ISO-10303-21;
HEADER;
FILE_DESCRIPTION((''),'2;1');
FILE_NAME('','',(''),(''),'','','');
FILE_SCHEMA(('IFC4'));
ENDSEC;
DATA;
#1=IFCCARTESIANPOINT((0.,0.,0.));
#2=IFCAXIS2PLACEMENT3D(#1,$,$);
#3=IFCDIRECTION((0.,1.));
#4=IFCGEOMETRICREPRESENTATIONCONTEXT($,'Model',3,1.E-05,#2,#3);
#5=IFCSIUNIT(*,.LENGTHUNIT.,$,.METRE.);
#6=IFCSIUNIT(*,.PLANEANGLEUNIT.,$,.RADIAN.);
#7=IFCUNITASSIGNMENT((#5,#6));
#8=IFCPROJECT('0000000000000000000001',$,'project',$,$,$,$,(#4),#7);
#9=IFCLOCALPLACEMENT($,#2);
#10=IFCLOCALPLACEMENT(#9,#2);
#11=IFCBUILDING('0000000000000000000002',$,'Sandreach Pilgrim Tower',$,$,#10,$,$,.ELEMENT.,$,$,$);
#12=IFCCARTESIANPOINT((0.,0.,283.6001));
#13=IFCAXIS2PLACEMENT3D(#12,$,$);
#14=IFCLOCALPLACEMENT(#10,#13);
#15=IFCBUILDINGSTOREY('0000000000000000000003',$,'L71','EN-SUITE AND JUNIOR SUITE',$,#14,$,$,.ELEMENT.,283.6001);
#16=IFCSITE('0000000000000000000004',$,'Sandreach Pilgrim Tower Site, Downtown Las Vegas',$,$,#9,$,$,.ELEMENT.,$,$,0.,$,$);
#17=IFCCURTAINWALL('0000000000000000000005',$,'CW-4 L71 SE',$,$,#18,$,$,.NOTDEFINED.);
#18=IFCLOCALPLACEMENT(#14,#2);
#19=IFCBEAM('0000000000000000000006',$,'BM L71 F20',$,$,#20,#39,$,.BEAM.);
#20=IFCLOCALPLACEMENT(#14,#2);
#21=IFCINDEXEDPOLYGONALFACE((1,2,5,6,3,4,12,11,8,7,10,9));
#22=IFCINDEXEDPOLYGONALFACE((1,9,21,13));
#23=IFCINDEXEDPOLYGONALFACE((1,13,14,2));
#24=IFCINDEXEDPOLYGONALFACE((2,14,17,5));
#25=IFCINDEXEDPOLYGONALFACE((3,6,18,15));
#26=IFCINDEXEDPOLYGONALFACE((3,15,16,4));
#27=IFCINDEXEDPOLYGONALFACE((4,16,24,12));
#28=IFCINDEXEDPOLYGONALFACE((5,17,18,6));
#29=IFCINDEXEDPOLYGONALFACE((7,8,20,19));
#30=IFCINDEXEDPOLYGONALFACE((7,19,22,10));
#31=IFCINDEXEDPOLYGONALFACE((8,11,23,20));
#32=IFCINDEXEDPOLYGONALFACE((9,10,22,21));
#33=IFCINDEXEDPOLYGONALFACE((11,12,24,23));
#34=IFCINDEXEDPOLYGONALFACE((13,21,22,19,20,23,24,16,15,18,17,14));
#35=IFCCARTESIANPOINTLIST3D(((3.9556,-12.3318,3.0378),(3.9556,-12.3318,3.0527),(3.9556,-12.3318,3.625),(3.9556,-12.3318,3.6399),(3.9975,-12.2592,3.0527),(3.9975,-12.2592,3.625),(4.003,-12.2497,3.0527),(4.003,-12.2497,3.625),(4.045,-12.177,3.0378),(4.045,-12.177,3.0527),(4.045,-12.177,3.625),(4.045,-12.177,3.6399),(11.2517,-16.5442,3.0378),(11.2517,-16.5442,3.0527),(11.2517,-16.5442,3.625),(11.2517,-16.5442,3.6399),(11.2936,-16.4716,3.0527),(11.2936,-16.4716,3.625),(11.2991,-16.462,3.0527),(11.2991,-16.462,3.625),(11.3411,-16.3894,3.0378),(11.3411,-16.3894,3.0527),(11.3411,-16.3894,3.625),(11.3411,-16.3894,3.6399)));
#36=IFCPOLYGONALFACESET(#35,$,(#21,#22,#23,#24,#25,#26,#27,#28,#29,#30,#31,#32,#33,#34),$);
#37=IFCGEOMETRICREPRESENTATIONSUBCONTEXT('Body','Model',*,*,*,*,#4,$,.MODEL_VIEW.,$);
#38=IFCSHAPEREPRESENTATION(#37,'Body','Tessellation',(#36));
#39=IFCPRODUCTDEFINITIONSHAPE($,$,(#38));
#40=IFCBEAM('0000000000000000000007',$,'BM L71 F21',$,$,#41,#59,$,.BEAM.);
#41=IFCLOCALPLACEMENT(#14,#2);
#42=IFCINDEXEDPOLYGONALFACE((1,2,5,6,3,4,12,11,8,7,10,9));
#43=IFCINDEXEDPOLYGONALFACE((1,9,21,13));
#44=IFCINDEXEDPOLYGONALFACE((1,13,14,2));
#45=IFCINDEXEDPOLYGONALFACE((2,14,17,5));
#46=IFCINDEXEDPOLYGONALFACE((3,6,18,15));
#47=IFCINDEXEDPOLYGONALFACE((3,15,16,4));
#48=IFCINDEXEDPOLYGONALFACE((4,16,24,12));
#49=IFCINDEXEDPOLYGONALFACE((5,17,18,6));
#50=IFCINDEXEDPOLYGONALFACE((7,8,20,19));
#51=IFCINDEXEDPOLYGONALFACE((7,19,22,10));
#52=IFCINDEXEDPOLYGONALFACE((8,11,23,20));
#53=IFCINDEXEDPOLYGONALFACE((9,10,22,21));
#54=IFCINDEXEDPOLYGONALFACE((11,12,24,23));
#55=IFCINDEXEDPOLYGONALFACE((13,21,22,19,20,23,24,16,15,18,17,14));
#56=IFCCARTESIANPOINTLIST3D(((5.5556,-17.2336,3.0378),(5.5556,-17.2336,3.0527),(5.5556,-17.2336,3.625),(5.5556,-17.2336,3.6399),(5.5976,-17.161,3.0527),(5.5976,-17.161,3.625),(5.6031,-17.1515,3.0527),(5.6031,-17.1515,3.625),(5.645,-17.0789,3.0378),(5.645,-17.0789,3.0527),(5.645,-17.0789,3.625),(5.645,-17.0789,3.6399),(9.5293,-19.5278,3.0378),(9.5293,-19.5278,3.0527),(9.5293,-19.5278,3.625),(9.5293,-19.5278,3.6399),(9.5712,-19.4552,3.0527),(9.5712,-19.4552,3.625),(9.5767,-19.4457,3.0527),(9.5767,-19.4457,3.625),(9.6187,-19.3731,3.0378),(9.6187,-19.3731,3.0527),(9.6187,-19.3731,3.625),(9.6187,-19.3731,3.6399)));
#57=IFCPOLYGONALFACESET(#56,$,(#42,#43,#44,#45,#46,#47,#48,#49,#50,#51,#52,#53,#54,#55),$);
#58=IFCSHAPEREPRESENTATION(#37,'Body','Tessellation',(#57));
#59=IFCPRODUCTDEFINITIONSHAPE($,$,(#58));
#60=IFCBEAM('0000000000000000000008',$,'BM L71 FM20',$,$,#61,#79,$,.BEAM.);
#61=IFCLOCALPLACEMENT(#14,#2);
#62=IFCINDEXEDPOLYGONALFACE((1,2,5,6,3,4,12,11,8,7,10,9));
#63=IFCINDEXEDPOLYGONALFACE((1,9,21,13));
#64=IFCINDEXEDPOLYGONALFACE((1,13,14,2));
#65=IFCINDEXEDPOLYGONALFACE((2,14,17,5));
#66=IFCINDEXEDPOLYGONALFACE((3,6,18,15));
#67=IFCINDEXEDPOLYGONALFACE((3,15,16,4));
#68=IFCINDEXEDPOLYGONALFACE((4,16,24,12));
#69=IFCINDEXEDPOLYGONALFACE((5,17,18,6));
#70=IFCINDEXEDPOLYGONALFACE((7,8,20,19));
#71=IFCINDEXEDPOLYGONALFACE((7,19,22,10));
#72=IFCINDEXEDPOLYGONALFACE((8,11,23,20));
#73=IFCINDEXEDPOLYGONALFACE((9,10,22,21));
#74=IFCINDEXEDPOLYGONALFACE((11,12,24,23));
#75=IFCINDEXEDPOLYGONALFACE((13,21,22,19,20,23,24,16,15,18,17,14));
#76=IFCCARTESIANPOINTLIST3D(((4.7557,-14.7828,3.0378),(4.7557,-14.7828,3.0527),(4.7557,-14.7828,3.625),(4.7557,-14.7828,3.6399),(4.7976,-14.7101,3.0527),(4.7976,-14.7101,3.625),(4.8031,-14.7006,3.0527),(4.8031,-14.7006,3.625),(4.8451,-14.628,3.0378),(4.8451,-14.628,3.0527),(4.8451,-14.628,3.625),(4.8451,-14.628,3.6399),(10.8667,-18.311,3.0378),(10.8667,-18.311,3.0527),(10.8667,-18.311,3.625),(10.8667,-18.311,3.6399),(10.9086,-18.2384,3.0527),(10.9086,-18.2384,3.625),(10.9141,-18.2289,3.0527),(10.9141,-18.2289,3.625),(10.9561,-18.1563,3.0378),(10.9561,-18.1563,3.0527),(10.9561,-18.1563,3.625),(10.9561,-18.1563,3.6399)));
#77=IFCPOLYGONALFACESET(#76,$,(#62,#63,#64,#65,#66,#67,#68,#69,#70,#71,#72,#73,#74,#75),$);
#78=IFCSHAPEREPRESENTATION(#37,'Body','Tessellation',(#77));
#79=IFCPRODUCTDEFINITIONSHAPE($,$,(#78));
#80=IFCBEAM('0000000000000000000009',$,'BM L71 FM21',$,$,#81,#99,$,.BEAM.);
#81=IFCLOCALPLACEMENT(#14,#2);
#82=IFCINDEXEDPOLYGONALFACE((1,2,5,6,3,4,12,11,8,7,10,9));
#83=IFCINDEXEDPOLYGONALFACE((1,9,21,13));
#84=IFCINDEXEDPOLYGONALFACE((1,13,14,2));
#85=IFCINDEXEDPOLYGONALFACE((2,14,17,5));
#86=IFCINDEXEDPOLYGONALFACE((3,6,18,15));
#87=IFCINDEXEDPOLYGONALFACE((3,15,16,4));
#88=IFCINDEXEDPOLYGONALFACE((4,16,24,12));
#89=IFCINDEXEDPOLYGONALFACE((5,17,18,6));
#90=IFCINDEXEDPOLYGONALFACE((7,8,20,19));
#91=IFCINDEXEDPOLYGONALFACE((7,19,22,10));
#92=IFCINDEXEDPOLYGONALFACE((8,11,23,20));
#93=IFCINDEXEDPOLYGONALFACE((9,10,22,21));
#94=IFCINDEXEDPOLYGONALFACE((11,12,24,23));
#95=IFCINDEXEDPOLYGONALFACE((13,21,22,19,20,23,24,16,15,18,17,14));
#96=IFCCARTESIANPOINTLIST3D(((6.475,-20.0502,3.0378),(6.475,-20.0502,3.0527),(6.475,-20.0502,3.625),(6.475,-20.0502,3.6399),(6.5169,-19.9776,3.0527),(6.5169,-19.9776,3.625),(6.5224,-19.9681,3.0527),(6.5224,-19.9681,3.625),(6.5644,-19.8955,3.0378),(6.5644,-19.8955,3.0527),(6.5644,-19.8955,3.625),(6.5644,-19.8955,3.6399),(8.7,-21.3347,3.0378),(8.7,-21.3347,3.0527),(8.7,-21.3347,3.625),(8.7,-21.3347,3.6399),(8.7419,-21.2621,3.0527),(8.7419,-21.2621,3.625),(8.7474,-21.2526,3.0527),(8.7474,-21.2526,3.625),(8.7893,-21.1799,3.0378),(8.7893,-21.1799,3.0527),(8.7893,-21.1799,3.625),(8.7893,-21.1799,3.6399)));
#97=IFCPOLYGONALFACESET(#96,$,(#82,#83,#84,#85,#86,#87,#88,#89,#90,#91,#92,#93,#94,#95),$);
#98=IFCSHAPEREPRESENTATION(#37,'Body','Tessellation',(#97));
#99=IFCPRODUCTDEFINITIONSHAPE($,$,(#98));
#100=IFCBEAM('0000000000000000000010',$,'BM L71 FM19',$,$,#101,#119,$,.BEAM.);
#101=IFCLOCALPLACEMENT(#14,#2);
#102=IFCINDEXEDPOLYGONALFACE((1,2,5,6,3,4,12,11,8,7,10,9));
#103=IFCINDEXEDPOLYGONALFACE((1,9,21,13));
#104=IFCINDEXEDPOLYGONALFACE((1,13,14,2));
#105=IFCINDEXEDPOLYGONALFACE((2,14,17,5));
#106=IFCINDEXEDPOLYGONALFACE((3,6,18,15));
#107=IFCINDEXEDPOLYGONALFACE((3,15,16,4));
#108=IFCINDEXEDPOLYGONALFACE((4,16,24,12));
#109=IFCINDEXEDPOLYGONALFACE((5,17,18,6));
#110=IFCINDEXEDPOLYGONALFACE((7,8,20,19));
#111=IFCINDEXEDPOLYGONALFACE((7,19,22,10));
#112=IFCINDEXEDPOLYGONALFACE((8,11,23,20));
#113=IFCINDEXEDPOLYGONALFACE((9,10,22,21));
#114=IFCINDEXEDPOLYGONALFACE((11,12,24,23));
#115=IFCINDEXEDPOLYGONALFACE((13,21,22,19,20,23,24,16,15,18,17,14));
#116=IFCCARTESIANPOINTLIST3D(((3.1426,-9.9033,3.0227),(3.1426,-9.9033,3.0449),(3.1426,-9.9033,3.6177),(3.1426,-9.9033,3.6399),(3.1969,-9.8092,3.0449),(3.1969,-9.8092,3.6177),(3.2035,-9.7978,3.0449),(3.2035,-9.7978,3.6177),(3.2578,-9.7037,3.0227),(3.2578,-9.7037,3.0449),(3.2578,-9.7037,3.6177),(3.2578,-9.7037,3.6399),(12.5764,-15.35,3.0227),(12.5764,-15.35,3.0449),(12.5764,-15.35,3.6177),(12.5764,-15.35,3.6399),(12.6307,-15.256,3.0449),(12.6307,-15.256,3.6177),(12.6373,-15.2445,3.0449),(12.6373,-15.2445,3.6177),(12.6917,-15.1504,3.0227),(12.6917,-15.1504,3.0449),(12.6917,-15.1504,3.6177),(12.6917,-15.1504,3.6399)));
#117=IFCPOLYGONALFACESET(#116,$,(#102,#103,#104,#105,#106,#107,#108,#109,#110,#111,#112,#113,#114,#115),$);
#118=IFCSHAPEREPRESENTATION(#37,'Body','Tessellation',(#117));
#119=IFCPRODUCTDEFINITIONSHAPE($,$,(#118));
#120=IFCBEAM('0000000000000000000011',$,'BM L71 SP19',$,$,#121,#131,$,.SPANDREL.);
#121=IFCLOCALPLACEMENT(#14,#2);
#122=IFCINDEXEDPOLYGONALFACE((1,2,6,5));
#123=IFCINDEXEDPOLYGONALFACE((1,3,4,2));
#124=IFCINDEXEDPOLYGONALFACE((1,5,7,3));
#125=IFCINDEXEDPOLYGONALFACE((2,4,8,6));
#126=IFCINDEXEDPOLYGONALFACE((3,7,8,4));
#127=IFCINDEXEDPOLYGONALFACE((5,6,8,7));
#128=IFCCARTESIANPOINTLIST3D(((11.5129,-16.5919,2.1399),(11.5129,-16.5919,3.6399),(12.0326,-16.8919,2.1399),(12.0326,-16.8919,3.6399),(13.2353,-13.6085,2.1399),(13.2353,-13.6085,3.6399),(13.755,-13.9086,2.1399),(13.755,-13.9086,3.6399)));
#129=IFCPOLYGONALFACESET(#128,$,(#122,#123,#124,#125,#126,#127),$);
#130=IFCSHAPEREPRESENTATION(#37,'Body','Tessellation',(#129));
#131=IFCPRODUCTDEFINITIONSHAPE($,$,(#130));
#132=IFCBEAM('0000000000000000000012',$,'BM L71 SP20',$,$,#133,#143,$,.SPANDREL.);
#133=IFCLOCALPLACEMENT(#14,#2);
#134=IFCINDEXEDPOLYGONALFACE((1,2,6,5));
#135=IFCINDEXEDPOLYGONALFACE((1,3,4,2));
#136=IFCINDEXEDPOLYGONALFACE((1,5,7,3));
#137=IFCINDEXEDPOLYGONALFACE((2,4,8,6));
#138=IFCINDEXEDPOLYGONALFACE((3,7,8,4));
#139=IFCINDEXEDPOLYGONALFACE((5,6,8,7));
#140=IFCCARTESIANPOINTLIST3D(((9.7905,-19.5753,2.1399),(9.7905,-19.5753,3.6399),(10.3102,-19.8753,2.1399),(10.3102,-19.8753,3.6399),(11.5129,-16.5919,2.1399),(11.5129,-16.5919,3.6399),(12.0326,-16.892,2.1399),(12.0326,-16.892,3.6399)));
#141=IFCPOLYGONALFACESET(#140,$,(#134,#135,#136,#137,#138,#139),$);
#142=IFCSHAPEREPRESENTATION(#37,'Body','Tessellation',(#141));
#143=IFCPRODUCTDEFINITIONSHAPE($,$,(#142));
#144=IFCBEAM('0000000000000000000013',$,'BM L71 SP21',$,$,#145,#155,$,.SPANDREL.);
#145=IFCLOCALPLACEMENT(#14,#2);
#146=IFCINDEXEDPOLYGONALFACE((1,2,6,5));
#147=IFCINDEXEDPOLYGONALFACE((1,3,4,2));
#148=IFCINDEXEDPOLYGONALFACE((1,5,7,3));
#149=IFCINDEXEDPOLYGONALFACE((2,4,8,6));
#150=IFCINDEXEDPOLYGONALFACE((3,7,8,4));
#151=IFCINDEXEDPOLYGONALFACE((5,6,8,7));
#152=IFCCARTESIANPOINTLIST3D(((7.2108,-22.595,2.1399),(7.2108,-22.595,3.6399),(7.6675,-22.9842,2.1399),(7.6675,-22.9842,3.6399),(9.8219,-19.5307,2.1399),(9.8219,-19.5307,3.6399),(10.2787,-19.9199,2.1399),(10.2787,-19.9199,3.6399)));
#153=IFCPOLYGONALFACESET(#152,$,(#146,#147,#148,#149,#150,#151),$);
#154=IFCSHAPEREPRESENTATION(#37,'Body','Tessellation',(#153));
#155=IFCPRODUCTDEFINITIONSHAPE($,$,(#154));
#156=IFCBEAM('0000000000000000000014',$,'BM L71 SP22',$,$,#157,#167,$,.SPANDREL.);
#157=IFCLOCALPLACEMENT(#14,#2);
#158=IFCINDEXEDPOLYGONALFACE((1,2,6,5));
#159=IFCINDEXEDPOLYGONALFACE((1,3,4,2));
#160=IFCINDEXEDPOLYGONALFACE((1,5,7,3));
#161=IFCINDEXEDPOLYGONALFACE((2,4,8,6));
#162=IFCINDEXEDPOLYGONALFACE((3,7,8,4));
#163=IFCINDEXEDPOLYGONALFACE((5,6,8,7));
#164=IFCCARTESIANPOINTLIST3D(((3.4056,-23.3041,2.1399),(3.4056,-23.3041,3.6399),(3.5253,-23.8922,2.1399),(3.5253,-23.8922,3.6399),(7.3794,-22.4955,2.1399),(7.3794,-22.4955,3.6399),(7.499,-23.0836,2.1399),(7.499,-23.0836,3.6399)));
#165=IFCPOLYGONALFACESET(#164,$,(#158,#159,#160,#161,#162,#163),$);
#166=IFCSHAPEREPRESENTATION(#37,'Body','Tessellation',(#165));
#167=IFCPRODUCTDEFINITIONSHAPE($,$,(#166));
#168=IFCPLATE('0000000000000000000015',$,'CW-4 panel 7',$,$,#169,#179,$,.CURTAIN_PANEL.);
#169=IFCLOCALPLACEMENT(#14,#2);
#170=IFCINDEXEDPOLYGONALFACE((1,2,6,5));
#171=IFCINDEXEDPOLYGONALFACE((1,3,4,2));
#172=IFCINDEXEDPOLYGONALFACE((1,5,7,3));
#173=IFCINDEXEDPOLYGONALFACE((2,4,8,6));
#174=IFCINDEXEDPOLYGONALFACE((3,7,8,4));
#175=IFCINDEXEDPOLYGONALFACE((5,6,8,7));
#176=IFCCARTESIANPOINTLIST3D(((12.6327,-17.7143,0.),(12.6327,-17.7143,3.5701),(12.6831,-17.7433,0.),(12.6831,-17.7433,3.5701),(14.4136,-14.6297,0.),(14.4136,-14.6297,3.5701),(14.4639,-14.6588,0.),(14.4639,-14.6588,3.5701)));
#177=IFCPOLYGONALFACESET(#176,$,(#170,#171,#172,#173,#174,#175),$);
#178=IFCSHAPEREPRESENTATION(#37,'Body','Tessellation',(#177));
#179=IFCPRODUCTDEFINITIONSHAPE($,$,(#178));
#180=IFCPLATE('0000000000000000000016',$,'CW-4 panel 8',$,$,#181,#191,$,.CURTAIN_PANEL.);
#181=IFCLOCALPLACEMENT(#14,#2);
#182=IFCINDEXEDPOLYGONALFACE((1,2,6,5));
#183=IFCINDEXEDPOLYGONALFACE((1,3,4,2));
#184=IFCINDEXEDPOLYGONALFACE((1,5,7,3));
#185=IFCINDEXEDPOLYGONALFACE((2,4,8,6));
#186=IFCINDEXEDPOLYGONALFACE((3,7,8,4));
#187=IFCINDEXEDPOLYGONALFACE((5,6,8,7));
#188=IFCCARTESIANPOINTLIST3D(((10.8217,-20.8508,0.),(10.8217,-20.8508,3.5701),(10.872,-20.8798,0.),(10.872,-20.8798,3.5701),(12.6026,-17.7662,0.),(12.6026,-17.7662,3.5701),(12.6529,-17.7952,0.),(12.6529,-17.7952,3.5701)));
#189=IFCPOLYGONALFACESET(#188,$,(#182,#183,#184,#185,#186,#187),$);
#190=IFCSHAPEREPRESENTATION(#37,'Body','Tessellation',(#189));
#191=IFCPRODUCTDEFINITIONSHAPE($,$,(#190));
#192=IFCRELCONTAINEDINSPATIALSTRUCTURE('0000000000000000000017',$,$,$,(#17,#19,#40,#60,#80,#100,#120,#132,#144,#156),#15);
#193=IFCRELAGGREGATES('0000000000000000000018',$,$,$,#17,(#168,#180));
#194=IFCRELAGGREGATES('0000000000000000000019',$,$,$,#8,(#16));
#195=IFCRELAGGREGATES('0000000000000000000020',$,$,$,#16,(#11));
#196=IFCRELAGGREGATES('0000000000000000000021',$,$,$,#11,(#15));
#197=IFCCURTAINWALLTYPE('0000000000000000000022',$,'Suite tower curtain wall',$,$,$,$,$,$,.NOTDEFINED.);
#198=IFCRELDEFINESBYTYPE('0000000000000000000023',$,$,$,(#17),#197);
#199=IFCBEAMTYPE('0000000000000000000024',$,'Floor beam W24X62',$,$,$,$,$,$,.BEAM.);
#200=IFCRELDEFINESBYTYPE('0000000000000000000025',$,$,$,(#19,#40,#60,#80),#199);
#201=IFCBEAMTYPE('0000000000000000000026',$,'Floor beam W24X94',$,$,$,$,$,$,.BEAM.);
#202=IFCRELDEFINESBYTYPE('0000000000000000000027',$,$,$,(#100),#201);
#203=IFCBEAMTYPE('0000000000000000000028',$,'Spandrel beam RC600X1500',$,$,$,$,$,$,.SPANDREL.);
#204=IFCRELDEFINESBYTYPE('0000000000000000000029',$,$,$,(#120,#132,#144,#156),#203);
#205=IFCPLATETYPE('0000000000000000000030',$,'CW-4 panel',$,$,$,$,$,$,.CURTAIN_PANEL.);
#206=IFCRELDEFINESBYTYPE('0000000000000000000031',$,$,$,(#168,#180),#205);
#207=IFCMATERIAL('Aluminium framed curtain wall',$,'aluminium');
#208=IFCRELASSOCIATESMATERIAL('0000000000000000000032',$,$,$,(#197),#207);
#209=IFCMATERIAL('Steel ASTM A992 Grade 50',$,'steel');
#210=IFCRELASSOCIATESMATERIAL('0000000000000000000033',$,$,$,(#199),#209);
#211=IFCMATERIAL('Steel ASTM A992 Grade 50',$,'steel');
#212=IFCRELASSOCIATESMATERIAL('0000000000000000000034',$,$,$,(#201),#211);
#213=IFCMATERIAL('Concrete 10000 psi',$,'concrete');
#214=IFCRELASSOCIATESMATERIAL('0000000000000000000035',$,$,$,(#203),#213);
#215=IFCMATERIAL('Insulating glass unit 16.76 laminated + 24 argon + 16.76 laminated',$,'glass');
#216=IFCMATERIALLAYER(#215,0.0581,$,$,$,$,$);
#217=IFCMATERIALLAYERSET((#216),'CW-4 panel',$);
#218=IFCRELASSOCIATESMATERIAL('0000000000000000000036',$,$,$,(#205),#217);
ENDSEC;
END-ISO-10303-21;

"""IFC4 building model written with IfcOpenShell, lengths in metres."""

from ifc_helpers import new_model, si_unit, direction, frame, origin, origin_2d, place, context, subcontext, project, spatial, rectangle, i_section, extrude, material, layer, layer_set, material_profile, profile_set, type_object, element, aggregate, save


model = new_model("IFC4")

# Units and contexts
model_context = context("Model", 3, precision=1e-05, world=origin(), true_north=direction((0.0, 1.0)))
body_context = subcontext(model_context, "Body", "Model", "MODEL_VIEW")
ifc_project = project(units=[si_unit("LENGTHUNIT", "METRE"), si_unit("PLANEANGLEUNIT", "RADIAN")], contexts=[model_context])

# Site, building, storey
site_placement = place(None, origin())
site = spatial("IfcSite", under=ifc_project, at=site_placement, Name="Sandreach Pilgrim Tower Site, Downtown Las Vegas", CompositionType="ELEMENT", RefElevation=0.0)
building_placement = place(site_placement, origin())
building = spatial("IfcBuilding", under=site, at=building_placement, Name="Sandreach Pilgrim Tower", CompositionType="ELEMENT")
storey_placement = place(building_placement, frame((0.0, 0.0, 283.6001)))
storey = spatial("IfcBuildingStorey", under=building, at=storey_placement, Name="L71", Description="EN-SUITE AND JUNIOR SUITE", CompositionType="ELEMENT", Elevation=283.6001)

# Curtain wall
ifc_material_1 = material(Name="Aluminium framed curtain wall", Category="aluminium")
curtain_wall_type = type_object("IfcCurtainWallType", Name="Suite tower curtain wall", PredefinedType="NOTDEFINED", material=ifc_material_1)
curtain_wall_1_placement = place(storey_placement, origin())
curtain_wall_1 = element("IfcCurtainWall", 1, at=curtain_wall_1_placement, inside=storey, type_object=curtain_wall_type, Name="CW-4 L71 SE", PredefinedType="NOTDEFINED")

# Beams
ifc_material_2 = material(Name="Steel ASTM A992 Grade 50", Category="steel")
ifc_material_profile_1 = material_profile(ifc_material_2, i_section(OverallWidth=0.1787, OverallDepth=0.6021, WebThickness=0.011, FlangeThickness=0.0149, at=origin_2d()), Name="W24X62")
ifc_profile_set_1 = profile_set([ifc_material_profile_1], Name="Steel ASTM A992 Grade 50")
beam_type_1 = type_object("IfcBeamType", Name="Floor beam W24X62", PredefinedType="BEAM", material=ifc_profile_set_1)
beam_1_placement = place(storey_placement, frame((11.2964, -16.4668, 3.3389), z_axis=(-0.866027, 0.499998, 0.0), x_axis=(-0.499998, -0.866027, 0.0)))
element("IfcBeam", 2, at=beam_1_placement, inside=storey, type_object=beam_type_1, Name="BM L71 F20", PredefinedType="BEAM", context=body_context, shape_type="SweptSolid", body=[
    extrude(i_section(OverallWidth=0.1787, OverallDepth=0.6021, WebThickness=0.011, FlangeThickness=0.0149, at=origin_2d()), origin(), (0.0, 0.0, 1.0), 8.4248),
])
beam_2_placement = place(storey_placement, frame((9.574, -19.4504, 3.3389), z_axis=(-0.866024, 0.500002, 0.0), x_axis=(-0.500002, -0.866024, 0.0)))
element("IfcBeam", 3, at=beam_2_placement, inside=storey, type_object=beam_type_1, Name="BM L71 F21", PredefinedType="BEAM", context=body_context, shape_type="SweptSolid", body=[
    extrude(i_section(OverallWidth=0.1787, OverallDepth=0.6021, WebThickness=0.011, FlangeThickness=0.0149, at=origin_2d()), origin(), (0.0, 0.0, 1.0), 4.5884),
])
beam_3_placement = place(storey_placement, frame((10.9114, -18.2336, 3.3389), z_axis=(-0.86602, 0.500009, 0.0), x_axis=(-0.500009, -0.86602, 0.0)))
element("IfcBeam", 4, at=beam_3_placement, inside=storey, type_object=beam_type_1, Name="BM L71 FM20", PredefinedType="BEAM", context=body_context, shape_type="SweptSolid", body=[
    extrude(i_section(OverallWidth=0.1787, OverallDepth=0.6021, WebThickness=0.011, FlangeThickness=0.0149, at=origin_2d()), origin(), (0.0, 0.0, 1.0), 7.0564),
])
beam_4_placement = place(storey_placement, frame((8.7446, -21.2573, 3.3389), z_axis=(-0.866042, 0.499972, 0.0), x_axis=(-0.499972, -0.866042, 0.0)))
element("IfcBeam", 5, at=beam_4_placement, inside=storey, type_object=beam_type_1, Name="BM L71 FM21", PredefinedType="BEAM", context=body_context, shape_type="SweptSolid", body=[
    extrude(i_section(OverallWidth=0.1787, OverallDepth=0.6021, WebThickness=0.011, FlangeThickness=0.0149, at=origin_2d()), origin(), (0.0, 0.0, 1.0), 2.5691),
])
ifc_material_3 = material(Name="Steel ASTM A992 Grade 50", Category="steel")
ifc_material_profile_2 = material_profile(ifc_material_3, i_section(OverallWidth=0.2305, OverallDepth=0.6172, WebThickness=0.0132, FlangeThickness=0.0222, at=origin_2d()), Name="W24X94")
ifc_profile_set_2 = profile_set([ifc_material_profile_2], Name="Steel ASTM A992 Grade 50")
beam_type_2 = type_object("IfcBeamType", Name="Floor beam W24X94", PredefinedType="BEAM", material=ifc_profile_set_2)
beam_5_placement = place(storey_placement, frame((12.634, -15.2502, 3.3313), z_axis=(-0.86602, 0.50001, 0.0), x_axis=(-0.50001, -0.86602, 0.0)))
element("IfcBeam", 6, at=beam_5_placement, inside=storey, type_object=beam_type_2, Name="BM L71 FM19", PredefinedType="BEAM", context=body_context, shape_type="SweptSolid", body=[
    extrude(i_section(OverallWidth=0.2305, OverallDepth=0.6172, WebThickness=0.0132, FlangeThickness=0.0222, at=origin_2d()), origin(), (0.0, 0.0, 1.0), 10.8933),
])
ifc_material_4 = material(Name="Concrete 10000 psi", Category="concrete")
ifc_material_profile_3 = material_profile(ifc_material_4, rectangle(XDim=0.6001, YDim=1.5, at=origin_2d()), Name="RC600X1500")
ifc_profile_set_3 = profile_set([ifc_material_profile_3], Name="Concrete 10000 psi")
beam_type_3 = type_object("IfcBeamType", Name="Spandrel beam RC600X1500", PredefinedType="SPANDREL", material=ifc_profile_set_3)
for number, where, z_axis, x_axis, name in (
    (7, (13.4951, -13.7585, 2.8899), (-0.499988, -0.866032, 0.0), (0.866032, -0.499988, 0.0), "BM L71 SP19"),
    (8, (11.7727, -16.7419, 2.8899), (-0.499988, -0.866032, 0.0), (0.866032, -0.499988, 0.0), "BM L71 SP20"),
):
    element("IfcBeam", number, at=place(storey_placement, frame(where, z_axis=z_axis, x_axis=x_axis)), inside=storey, type_object=beam_type_3, Name=name, PredefinedType="SPANDREL", context=body_context, shape_type="SweptSolid", body=[
        extrude(rectangle(XDim=0.6001, YDim=1.5, at=origin_2d()), origin(), (0.0, 0.0, 1.0), 3.4448),
    ])
beam_6_placement = place(storey_placement, frame((10.0503, -19.7253, 2.8899), z_axis=(-0.648586, -0.761141, 0.0), x_axis=(0.761141, -0.648586, 0.0)))
element("IfcBeam", 9, at=beam_6_placement, inside=storey, type_object=beam_type_3, Name="BM L71 SP21", PredefinedType="SPANDREL", context=body_context, shape_type="SweptSolid", body=[
    extrude(rectangle(XDim=0.6001, YDim=1.5, at=origin_2d()), origin(), (0.0, 0.0, 1.0), 4.0259),
])
beam_7_placement = place(storey_placement, frame((7.4392, -22.7896, 2.8899), z_axis=(-0.979918, -0.199403, 0.0), x_axis=(0.199403, -0.979918, 0.0)))
element("IfcBeam", 10, at=beam_7_placement, inside=storey, type_object=beam_type_3, Name="BM L71 SP22", PredefinedType="SPANDREL", context=body_context, shape_type="SweptSolid", body=[
    extrude(rectangle(XDim=0.6001, YDim=1.5, at=origin_2d()), origin(), (0.0, 0.0, 1.0), 4.0552),
])

# Plates
ifc_material_5 = material(Name="Insulating glass unit 16.76 laminated + 24 argon + 16.76 laminated", Category="glass")
ifc_layer_1 = layer(ifc_material_5, 0.0581)
ifc_layer_set_1 = layer_set([ifc_layer_1], Name="CW-4 panel")
plate_type = type_object("IfcPlateType", Name="CW-4 panel", PredefinedType="CURTAIN_PANEL", material=ifc_layer_set_1)
plate_1_placement = place(storey_placement, frame((13.5483, -16.1865, 0.0), z_axis=(0.0, 0.0, 1.0), x_axis=(-0.5, -0.866025, 0.0)))
plate_1 = element("IfcPlate", 11, at=plate_1_placement, type_object=plate_type, Name="CW-4 panel 7", PredefinedType="CURTAIN_PANEL", context=body_context, shape_type="SweptSolid", body=[
    extrude(rectangle(XDim=3.5618, YDim=0.0581, at=origin_2d()), origin(), (0.0, 0.0, 1.0), 3.5701),
])
plate_2_placement = place(storey_placement, frame((11.7373, -19.323, 0.0), z_axis=(0.0, 0.0, 1.0), x_axis=(-0.5, -0.866025, 0.0)))
plate_2 = element("IfcPlate", 12, at=plate_2_placement, type_object=plate_type, Name="CW-4 panel 8", PredefinedType="CURTAIN_PANEL", context=body_context, shape_type="SweptSolid", body=[
    extrude(rectangle(XDim=3.5618, YDim=0.0581, at=origin_2d()), origin(), (0.0, 0.0, 1.0), 3.5701),
])
aggregate(curtain_wall_1, [plate_1, plate_2])

save(model, "model.ifc")
